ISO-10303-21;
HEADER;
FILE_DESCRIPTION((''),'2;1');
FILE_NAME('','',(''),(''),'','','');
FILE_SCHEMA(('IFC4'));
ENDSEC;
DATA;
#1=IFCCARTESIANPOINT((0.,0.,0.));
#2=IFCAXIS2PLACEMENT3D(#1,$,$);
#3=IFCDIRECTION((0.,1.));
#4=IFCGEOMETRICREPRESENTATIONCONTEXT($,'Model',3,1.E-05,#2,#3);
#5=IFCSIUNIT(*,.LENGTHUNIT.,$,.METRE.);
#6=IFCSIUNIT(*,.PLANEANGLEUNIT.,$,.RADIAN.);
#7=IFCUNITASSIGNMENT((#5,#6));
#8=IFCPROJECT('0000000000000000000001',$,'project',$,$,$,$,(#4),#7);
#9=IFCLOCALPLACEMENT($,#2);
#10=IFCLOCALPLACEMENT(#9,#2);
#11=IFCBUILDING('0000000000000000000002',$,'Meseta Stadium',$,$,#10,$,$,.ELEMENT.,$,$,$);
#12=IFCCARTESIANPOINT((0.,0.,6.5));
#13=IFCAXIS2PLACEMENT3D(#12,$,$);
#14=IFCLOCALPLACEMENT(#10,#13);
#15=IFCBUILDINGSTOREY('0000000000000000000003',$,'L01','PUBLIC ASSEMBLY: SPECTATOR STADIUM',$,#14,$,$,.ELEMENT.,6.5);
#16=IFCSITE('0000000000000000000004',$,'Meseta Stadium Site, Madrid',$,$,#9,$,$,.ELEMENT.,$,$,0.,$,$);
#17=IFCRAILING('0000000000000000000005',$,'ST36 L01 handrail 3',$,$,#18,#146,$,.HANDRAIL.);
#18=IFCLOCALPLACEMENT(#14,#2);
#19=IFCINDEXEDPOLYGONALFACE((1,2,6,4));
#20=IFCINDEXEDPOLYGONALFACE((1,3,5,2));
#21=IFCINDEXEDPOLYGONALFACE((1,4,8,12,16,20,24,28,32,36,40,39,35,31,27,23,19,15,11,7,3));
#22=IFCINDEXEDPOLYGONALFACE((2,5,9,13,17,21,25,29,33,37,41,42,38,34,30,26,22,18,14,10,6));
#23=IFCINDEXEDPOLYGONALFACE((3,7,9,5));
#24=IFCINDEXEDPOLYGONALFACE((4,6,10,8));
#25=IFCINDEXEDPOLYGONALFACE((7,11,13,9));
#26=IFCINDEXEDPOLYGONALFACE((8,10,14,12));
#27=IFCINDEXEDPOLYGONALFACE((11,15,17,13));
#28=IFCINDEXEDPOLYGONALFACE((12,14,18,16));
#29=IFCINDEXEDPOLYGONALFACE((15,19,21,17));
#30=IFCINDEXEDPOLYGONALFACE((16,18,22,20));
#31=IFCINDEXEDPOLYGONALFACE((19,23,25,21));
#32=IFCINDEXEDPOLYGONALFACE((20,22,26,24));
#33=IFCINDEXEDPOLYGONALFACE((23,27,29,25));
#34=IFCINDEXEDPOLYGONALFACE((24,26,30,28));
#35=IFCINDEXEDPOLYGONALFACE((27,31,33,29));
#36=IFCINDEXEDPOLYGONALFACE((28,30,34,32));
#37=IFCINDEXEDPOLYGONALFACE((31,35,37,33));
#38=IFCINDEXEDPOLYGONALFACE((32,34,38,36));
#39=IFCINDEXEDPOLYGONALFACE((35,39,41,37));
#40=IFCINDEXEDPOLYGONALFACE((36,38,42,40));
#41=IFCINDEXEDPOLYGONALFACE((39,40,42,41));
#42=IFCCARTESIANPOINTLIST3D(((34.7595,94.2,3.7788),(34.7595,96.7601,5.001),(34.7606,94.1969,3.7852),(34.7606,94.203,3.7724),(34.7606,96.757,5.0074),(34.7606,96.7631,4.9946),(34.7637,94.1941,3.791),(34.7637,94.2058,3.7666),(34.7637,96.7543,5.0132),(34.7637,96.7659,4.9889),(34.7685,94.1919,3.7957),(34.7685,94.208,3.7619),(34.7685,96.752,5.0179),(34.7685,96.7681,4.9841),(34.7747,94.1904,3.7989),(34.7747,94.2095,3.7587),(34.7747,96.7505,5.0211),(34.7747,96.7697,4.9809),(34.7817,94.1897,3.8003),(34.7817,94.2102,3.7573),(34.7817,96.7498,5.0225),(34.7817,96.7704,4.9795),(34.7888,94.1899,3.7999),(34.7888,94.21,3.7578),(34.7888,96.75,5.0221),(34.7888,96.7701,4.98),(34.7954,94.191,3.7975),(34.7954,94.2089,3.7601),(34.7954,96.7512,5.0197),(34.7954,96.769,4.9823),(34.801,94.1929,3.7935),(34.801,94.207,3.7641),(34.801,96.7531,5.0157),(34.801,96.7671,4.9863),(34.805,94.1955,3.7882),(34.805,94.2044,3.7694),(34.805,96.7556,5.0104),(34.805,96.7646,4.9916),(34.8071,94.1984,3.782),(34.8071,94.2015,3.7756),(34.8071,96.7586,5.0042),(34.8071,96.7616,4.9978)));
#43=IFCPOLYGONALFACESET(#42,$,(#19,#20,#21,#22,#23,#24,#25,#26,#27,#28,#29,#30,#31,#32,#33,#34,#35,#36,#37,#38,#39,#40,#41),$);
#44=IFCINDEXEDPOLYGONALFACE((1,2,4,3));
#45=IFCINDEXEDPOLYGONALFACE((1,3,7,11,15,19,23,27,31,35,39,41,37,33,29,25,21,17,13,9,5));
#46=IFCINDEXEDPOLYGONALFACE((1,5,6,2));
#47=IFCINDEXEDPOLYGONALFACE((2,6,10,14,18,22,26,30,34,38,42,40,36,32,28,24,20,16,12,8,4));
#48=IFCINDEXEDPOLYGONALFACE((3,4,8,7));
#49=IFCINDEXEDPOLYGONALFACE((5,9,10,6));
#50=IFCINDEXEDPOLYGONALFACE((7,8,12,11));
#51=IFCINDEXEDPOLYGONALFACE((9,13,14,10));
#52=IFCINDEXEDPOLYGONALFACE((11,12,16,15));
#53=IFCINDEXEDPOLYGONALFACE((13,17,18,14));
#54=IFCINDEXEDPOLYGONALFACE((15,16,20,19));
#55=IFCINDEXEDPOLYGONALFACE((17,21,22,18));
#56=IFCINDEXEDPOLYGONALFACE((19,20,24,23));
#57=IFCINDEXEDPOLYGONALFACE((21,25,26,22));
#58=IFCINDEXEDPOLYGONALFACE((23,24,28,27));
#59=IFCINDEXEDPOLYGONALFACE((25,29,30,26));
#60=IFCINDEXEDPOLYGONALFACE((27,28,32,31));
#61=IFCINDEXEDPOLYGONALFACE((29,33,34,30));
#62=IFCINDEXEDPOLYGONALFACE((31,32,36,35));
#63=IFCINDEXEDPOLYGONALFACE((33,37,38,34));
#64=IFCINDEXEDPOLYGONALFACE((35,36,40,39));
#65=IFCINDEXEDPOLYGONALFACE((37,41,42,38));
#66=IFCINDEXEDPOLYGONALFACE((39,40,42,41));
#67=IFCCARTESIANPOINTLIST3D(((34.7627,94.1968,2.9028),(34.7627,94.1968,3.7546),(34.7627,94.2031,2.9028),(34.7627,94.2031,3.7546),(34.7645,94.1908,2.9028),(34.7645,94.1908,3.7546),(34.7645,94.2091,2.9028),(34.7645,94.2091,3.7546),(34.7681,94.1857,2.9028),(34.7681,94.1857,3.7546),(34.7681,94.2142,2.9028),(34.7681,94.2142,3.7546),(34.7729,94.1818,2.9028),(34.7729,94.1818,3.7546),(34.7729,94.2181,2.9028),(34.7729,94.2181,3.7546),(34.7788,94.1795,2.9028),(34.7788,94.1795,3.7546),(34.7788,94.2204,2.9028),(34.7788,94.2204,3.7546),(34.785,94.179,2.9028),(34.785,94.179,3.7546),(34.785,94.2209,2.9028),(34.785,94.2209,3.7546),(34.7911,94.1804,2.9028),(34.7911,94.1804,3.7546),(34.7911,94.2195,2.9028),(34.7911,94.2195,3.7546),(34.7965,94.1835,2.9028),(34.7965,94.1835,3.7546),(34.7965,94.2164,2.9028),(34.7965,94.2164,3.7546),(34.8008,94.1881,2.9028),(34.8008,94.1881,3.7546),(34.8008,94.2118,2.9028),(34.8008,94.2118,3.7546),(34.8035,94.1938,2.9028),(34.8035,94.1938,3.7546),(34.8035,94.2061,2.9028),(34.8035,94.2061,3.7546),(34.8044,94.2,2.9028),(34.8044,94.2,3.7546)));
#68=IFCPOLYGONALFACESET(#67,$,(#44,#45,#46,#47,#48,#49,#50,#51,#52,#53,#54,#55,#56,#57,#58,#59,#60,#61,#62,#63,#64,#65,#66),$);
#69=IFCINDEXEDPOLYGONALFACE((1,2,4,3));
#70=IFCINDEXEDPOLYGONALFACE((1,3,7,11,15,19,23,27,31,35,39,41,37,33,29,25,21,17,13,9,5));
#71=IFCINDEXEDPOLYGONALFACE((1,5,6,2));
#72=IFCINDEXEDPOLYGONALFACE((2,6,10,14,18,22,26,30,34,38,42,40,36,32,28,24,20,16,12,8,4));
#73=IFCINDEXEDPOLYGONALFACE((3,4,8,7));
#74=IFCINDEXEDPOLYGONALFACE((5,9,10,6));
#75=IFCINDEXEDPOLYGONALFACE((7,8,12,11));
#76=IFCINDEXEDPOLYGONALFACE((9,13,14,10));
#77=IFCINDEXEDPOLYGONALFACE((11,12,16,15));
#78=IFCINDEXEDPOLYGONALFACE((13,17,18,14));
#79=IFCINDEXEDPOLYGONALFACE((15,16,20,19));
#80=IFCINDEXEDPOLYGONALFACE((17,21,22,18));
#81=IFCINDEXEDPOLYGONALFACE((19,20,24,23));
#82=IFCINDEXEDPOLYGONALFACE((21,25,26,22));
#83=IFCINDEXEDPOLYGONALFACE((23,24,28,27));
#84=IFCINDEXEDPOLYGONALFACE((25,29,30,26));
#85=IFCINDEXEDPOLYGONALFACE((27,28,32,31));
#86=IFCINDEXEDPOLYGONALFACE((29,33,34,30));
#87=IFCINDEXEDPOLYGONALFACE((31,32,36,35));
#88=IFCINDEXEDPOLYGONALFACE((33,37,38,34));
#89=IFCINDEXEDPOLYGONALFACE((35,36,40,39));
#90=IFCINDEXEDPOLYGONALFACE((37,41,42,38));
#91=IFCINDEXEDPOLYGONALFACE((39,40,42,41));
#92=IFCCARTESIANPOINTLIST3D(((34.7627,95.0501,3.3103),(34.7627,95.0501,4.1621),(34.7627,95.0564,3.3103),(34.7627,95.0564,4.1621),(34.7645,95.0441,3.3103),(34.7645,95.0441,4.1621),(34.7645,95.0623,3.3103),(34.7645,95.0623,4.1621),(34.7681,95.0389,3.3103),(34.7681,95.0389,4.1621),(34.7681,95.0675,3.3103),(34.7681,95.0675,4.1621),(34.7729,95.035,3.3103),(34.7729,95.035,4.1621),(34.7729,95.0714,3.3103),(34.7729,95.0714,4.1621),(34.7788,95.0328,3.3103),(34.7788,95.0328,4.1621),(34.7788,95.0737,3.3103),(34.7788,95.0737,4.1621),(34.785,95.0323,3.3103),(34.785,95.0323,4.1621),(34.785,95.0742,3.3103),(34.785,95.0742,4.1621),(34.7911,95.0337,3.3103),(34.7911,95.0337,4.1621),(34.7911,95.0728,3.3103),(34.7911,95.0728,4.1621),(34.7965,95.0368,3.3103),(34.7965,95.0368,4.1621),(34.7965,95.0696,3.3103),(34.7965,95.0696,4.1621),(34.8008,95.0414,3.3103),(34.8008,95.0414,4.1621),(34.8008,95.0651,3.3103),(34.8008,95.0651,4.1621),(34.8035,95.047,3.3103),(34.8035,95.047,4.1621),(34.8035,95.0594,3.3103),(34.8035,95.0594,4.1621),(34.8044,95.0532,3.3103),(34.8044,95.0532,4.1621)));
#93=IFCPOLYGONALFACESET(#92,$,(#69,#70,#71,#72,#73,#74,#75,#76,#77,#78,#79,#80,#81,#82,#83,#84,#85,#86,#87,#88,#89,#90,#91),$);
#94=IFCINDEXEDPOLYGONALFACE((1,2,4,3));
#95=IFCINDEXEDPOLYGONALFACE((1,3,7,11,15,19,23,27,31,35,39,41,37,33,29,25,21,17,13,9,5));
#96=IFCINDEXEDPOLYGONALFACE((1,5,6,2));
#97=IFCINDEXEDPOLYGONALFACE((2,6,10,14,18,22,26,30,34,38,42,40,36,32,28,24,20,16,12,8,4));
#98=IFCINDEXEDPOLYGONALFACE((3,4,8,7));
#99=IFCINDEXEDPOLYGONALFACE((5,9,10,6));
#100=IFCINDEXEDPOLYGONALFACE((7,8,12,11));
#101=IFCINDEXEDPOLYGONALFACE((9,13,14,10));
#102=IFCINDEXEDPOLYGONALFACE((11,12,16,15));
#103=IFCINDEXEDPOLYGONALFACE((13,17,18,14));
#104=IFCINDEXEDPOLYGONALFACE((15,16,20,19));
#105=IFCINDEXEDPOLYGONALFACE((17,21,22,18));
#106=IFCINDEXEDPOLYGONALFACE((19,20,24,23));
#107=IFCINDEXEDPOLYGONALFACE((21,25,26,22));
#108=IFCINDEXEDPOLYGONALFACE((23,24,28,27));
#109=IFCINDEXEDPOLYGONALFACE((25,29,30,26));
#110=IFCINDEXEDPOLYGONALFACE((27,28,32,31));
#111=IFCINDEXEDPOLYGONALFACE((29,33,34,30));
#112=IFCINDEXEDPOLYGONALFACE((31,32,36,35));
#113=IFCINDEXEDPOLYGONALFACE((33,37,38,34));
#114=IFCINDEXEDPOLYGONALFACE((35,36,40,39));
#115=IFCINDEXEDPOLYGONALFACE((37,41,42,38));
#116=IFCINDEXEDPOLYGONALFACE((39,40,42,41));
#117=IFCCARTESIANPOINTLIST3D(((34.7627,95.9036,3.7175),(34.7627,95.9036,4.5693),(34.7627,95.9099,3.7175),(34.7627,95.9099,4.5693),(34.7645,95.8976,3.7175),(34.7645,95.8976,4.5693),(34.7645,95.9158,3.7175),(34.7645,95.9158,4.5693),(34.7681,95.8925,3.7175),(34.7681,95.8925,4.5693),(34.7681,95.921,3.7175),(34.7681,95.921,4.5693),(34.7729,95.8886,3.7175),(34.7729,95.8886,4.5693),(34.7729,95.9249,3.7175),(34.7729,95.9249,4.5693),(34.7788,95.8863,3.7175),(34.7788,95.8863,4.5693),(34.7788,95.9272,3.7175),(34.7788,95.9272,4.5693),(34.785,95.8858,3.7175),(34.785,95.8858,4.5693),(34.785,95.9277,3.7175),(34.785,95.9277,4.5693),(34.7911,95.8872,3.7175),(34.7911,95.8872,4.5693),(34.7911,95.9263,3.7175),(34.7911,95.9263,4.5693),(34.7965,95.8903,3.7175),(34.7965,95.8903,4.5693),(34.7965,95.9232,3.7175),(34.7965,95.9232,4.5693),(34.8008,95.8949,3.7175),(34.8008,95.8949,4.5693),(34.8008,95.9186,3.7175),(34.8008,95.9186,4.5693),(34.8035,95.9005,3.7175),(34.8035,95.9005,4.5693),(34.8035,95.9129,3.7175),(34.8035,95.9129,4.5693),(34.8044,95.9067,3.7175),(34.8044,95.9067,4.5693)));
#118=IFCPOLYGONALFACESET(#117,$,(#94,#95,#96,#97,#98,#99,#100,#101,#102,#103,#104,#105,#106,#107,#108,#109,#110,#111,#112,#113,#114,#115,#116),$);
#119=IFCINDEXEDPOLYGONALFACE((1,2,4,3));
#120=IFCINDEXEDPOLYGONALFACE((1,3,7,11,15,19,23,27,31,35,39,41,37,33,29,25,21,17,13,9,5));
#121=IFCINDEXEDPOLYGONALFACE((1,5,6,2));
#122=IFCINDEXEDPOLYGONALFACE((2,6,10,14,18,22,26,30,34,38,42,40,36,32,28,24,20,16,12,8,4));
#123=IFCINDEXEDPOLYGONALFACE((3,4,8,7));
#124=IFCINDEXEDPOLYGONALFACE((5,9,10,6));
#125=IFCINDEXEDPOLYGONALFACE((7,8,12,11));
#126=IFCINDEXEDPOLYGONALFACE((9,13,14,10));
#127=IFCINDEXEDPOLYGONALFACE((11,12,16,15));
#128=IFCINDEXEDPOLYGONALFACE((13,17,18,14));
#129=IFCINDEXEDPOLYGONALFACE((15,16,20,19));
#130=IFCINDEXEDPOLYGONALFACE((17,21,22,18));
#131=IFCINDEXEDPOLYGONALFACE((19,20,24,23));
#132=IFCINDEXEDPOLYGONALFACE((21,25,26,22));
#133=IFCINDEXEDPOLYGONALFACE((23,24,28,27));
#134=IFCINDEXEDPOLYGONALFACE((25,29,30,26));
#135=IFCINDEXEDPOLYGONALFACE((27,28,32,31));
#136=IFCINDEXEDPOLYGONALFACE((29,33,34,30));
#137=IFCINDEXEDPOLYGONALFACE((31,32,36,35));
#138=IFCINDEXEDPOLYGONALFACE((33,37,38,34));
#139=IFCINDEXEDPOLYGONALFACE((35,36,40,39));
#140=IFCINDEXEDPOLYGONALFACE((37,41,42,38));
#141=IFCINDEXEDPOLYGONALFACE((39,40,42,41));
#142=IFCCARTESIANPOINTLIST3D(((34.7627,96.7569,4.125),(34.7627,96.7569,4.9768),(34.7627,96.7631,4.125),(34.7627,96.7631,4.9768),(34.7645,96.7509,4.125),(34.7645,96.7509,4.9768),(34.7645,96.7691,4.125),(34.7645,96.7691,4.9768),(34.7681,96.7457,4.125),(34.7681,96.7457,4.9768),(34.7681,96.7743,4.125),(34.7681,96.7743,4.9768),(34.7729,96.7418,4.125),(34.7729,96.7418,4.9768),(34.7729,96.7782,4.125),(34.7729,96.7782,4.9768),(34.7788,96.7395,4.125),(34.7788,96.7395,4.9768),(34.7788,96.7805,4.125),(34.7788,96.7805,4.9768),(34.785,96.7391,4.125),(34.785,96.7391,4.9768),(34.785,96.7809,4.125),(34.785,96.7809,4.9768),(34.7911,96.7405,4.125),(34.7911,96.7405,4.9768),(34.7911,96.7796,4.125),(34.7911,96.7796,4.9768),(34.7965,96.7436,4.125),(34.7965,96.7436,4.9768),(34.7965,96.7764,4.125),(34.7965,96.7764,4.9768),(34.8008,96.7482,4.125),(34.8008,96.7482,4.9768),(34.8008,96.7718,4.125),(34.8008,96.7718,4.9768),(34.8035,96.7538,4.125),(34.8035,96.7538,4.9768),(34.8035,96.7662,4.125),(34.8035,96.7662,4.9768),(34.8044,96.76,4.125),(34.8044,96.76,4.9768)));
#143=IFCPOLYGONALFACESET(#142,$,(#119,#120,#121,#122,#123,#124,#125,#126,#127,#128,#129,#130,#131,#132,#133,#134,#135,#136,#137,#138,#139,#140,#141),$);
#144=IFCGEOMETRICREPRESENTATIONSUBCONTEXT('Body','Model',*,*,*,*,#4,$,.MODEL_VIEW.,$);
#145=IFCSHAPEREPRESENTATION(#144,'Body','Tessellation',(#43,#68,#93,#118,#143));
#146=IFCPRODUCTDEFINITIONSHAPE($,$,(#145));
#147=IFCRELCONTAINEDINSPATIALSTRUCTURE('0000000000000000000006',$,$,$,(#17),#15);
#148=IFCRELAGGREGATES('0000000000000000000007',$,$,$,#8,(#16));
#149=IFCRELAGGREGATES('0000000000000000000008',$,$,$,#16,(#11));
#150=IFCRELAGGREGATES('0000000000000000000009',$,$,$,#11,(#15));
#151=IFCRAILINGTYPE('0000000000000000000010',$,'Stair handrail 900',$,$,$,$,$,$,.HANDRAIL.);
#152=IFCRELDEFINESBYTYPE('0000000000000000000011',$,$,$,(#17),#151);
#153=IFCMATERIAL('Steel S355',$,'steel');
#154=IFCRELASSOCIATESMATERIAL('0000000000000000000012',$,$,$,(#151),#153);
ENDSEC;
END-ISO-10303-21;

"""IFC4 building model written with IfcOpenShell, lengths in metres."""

from ifc_helpers import new_model, si_unit, direction, frame, origin, origin_2d, place, context, subcontext, project, spatial, circle, extrude, material, type_object, element, save


model = new_model("IFC4")

# Units and contexts
model_context = context("Model", 3, precision=1e-05, world=origin(), true_north=direction((0.0, 1.0)))
body_context = subcontext(model_context, "Body", "Model", "MODEL_VIEW")
ifc_project = project(units=[si_unit("LENGTHUNIT", "METRE"), si_unit("PLANEANGLEUNIT", "RADIAN")], contexts=[model_context])

# Site, building, storey
site_placement = place(None, origin())
site = spatial("IfcSite", under=ifc_project, at=site_placement, Name="Meseta Stadium Site, Madrid", CompositionType="ELEMENT", RefElevation=0.0)
building_placement = place(site_placement, origin())
building = spatial("IfcBuilding", under=site, at=building_placement, Name="Meseta Stadium", CompositionType="ELEMENT")
storey_placement = place(building_placement, frame((0.0, 0.0, 6.5)))
storey = spatial("IfcBuildingStorey", under=building, at=storey_placement, Name="L01", Description="PUBLIC ASSEMBLY: SPECTATOR STADIUM", CompositionType="ELEMENT", Elevation=6.5)

# Railing
ifc_material_1 = material(Name="Steel S355", Category="steel")
railing_type_1 = type_object("IfcRailingType", Name="Stair handrail 900", PredefinedType="HANDRAIL", material=ifc_material_1)
railing_1_placement = place(storey_placement, frame((34.7834, 94.2, 2.9028)))
element("IfcRailing", 1, at=railing_1_placement, inside=storey, type_object=railing_type_1, Name="ST36 L01 handrail 3", PredefinedType="HANDRAIL", context=body_context, shape_type="SweptSolid", body=[
    extrude(circle(Radius=0.0239, at=origin_2d()), frame((0.0, 0.0, 0.876), z_axis=(0.0, 0.902437, 0.430822), x_axis=(-1.0, 0.0, 0.0)), (0.0, 0.0, 1.0), 2.8369),
    extrude(circle(Radius=0.021, at=origin_2d()), origin(), (0.0, 0.0, 1.0), 0.8518),
    extrude(circle(Radius=0.021, at=origin_2d()), frame((0.0, 0.8533, 0.4075)), (0.0, 0.0, 1.0), 0.8518),
    extrude(circle(Radius=0.021, at=origin_2d()), frame((0.0, 1.7068, 0.8147)), (0.0, 0.0, 1.0), 0.8518),
    extrude(circle(Radius=0.021, at=origin_2d()), frame((0.0, 2.5601, 1.2222)), (0.0, 0.0, 1.0), 0.8518),
])

save(model, "model.ifc")
